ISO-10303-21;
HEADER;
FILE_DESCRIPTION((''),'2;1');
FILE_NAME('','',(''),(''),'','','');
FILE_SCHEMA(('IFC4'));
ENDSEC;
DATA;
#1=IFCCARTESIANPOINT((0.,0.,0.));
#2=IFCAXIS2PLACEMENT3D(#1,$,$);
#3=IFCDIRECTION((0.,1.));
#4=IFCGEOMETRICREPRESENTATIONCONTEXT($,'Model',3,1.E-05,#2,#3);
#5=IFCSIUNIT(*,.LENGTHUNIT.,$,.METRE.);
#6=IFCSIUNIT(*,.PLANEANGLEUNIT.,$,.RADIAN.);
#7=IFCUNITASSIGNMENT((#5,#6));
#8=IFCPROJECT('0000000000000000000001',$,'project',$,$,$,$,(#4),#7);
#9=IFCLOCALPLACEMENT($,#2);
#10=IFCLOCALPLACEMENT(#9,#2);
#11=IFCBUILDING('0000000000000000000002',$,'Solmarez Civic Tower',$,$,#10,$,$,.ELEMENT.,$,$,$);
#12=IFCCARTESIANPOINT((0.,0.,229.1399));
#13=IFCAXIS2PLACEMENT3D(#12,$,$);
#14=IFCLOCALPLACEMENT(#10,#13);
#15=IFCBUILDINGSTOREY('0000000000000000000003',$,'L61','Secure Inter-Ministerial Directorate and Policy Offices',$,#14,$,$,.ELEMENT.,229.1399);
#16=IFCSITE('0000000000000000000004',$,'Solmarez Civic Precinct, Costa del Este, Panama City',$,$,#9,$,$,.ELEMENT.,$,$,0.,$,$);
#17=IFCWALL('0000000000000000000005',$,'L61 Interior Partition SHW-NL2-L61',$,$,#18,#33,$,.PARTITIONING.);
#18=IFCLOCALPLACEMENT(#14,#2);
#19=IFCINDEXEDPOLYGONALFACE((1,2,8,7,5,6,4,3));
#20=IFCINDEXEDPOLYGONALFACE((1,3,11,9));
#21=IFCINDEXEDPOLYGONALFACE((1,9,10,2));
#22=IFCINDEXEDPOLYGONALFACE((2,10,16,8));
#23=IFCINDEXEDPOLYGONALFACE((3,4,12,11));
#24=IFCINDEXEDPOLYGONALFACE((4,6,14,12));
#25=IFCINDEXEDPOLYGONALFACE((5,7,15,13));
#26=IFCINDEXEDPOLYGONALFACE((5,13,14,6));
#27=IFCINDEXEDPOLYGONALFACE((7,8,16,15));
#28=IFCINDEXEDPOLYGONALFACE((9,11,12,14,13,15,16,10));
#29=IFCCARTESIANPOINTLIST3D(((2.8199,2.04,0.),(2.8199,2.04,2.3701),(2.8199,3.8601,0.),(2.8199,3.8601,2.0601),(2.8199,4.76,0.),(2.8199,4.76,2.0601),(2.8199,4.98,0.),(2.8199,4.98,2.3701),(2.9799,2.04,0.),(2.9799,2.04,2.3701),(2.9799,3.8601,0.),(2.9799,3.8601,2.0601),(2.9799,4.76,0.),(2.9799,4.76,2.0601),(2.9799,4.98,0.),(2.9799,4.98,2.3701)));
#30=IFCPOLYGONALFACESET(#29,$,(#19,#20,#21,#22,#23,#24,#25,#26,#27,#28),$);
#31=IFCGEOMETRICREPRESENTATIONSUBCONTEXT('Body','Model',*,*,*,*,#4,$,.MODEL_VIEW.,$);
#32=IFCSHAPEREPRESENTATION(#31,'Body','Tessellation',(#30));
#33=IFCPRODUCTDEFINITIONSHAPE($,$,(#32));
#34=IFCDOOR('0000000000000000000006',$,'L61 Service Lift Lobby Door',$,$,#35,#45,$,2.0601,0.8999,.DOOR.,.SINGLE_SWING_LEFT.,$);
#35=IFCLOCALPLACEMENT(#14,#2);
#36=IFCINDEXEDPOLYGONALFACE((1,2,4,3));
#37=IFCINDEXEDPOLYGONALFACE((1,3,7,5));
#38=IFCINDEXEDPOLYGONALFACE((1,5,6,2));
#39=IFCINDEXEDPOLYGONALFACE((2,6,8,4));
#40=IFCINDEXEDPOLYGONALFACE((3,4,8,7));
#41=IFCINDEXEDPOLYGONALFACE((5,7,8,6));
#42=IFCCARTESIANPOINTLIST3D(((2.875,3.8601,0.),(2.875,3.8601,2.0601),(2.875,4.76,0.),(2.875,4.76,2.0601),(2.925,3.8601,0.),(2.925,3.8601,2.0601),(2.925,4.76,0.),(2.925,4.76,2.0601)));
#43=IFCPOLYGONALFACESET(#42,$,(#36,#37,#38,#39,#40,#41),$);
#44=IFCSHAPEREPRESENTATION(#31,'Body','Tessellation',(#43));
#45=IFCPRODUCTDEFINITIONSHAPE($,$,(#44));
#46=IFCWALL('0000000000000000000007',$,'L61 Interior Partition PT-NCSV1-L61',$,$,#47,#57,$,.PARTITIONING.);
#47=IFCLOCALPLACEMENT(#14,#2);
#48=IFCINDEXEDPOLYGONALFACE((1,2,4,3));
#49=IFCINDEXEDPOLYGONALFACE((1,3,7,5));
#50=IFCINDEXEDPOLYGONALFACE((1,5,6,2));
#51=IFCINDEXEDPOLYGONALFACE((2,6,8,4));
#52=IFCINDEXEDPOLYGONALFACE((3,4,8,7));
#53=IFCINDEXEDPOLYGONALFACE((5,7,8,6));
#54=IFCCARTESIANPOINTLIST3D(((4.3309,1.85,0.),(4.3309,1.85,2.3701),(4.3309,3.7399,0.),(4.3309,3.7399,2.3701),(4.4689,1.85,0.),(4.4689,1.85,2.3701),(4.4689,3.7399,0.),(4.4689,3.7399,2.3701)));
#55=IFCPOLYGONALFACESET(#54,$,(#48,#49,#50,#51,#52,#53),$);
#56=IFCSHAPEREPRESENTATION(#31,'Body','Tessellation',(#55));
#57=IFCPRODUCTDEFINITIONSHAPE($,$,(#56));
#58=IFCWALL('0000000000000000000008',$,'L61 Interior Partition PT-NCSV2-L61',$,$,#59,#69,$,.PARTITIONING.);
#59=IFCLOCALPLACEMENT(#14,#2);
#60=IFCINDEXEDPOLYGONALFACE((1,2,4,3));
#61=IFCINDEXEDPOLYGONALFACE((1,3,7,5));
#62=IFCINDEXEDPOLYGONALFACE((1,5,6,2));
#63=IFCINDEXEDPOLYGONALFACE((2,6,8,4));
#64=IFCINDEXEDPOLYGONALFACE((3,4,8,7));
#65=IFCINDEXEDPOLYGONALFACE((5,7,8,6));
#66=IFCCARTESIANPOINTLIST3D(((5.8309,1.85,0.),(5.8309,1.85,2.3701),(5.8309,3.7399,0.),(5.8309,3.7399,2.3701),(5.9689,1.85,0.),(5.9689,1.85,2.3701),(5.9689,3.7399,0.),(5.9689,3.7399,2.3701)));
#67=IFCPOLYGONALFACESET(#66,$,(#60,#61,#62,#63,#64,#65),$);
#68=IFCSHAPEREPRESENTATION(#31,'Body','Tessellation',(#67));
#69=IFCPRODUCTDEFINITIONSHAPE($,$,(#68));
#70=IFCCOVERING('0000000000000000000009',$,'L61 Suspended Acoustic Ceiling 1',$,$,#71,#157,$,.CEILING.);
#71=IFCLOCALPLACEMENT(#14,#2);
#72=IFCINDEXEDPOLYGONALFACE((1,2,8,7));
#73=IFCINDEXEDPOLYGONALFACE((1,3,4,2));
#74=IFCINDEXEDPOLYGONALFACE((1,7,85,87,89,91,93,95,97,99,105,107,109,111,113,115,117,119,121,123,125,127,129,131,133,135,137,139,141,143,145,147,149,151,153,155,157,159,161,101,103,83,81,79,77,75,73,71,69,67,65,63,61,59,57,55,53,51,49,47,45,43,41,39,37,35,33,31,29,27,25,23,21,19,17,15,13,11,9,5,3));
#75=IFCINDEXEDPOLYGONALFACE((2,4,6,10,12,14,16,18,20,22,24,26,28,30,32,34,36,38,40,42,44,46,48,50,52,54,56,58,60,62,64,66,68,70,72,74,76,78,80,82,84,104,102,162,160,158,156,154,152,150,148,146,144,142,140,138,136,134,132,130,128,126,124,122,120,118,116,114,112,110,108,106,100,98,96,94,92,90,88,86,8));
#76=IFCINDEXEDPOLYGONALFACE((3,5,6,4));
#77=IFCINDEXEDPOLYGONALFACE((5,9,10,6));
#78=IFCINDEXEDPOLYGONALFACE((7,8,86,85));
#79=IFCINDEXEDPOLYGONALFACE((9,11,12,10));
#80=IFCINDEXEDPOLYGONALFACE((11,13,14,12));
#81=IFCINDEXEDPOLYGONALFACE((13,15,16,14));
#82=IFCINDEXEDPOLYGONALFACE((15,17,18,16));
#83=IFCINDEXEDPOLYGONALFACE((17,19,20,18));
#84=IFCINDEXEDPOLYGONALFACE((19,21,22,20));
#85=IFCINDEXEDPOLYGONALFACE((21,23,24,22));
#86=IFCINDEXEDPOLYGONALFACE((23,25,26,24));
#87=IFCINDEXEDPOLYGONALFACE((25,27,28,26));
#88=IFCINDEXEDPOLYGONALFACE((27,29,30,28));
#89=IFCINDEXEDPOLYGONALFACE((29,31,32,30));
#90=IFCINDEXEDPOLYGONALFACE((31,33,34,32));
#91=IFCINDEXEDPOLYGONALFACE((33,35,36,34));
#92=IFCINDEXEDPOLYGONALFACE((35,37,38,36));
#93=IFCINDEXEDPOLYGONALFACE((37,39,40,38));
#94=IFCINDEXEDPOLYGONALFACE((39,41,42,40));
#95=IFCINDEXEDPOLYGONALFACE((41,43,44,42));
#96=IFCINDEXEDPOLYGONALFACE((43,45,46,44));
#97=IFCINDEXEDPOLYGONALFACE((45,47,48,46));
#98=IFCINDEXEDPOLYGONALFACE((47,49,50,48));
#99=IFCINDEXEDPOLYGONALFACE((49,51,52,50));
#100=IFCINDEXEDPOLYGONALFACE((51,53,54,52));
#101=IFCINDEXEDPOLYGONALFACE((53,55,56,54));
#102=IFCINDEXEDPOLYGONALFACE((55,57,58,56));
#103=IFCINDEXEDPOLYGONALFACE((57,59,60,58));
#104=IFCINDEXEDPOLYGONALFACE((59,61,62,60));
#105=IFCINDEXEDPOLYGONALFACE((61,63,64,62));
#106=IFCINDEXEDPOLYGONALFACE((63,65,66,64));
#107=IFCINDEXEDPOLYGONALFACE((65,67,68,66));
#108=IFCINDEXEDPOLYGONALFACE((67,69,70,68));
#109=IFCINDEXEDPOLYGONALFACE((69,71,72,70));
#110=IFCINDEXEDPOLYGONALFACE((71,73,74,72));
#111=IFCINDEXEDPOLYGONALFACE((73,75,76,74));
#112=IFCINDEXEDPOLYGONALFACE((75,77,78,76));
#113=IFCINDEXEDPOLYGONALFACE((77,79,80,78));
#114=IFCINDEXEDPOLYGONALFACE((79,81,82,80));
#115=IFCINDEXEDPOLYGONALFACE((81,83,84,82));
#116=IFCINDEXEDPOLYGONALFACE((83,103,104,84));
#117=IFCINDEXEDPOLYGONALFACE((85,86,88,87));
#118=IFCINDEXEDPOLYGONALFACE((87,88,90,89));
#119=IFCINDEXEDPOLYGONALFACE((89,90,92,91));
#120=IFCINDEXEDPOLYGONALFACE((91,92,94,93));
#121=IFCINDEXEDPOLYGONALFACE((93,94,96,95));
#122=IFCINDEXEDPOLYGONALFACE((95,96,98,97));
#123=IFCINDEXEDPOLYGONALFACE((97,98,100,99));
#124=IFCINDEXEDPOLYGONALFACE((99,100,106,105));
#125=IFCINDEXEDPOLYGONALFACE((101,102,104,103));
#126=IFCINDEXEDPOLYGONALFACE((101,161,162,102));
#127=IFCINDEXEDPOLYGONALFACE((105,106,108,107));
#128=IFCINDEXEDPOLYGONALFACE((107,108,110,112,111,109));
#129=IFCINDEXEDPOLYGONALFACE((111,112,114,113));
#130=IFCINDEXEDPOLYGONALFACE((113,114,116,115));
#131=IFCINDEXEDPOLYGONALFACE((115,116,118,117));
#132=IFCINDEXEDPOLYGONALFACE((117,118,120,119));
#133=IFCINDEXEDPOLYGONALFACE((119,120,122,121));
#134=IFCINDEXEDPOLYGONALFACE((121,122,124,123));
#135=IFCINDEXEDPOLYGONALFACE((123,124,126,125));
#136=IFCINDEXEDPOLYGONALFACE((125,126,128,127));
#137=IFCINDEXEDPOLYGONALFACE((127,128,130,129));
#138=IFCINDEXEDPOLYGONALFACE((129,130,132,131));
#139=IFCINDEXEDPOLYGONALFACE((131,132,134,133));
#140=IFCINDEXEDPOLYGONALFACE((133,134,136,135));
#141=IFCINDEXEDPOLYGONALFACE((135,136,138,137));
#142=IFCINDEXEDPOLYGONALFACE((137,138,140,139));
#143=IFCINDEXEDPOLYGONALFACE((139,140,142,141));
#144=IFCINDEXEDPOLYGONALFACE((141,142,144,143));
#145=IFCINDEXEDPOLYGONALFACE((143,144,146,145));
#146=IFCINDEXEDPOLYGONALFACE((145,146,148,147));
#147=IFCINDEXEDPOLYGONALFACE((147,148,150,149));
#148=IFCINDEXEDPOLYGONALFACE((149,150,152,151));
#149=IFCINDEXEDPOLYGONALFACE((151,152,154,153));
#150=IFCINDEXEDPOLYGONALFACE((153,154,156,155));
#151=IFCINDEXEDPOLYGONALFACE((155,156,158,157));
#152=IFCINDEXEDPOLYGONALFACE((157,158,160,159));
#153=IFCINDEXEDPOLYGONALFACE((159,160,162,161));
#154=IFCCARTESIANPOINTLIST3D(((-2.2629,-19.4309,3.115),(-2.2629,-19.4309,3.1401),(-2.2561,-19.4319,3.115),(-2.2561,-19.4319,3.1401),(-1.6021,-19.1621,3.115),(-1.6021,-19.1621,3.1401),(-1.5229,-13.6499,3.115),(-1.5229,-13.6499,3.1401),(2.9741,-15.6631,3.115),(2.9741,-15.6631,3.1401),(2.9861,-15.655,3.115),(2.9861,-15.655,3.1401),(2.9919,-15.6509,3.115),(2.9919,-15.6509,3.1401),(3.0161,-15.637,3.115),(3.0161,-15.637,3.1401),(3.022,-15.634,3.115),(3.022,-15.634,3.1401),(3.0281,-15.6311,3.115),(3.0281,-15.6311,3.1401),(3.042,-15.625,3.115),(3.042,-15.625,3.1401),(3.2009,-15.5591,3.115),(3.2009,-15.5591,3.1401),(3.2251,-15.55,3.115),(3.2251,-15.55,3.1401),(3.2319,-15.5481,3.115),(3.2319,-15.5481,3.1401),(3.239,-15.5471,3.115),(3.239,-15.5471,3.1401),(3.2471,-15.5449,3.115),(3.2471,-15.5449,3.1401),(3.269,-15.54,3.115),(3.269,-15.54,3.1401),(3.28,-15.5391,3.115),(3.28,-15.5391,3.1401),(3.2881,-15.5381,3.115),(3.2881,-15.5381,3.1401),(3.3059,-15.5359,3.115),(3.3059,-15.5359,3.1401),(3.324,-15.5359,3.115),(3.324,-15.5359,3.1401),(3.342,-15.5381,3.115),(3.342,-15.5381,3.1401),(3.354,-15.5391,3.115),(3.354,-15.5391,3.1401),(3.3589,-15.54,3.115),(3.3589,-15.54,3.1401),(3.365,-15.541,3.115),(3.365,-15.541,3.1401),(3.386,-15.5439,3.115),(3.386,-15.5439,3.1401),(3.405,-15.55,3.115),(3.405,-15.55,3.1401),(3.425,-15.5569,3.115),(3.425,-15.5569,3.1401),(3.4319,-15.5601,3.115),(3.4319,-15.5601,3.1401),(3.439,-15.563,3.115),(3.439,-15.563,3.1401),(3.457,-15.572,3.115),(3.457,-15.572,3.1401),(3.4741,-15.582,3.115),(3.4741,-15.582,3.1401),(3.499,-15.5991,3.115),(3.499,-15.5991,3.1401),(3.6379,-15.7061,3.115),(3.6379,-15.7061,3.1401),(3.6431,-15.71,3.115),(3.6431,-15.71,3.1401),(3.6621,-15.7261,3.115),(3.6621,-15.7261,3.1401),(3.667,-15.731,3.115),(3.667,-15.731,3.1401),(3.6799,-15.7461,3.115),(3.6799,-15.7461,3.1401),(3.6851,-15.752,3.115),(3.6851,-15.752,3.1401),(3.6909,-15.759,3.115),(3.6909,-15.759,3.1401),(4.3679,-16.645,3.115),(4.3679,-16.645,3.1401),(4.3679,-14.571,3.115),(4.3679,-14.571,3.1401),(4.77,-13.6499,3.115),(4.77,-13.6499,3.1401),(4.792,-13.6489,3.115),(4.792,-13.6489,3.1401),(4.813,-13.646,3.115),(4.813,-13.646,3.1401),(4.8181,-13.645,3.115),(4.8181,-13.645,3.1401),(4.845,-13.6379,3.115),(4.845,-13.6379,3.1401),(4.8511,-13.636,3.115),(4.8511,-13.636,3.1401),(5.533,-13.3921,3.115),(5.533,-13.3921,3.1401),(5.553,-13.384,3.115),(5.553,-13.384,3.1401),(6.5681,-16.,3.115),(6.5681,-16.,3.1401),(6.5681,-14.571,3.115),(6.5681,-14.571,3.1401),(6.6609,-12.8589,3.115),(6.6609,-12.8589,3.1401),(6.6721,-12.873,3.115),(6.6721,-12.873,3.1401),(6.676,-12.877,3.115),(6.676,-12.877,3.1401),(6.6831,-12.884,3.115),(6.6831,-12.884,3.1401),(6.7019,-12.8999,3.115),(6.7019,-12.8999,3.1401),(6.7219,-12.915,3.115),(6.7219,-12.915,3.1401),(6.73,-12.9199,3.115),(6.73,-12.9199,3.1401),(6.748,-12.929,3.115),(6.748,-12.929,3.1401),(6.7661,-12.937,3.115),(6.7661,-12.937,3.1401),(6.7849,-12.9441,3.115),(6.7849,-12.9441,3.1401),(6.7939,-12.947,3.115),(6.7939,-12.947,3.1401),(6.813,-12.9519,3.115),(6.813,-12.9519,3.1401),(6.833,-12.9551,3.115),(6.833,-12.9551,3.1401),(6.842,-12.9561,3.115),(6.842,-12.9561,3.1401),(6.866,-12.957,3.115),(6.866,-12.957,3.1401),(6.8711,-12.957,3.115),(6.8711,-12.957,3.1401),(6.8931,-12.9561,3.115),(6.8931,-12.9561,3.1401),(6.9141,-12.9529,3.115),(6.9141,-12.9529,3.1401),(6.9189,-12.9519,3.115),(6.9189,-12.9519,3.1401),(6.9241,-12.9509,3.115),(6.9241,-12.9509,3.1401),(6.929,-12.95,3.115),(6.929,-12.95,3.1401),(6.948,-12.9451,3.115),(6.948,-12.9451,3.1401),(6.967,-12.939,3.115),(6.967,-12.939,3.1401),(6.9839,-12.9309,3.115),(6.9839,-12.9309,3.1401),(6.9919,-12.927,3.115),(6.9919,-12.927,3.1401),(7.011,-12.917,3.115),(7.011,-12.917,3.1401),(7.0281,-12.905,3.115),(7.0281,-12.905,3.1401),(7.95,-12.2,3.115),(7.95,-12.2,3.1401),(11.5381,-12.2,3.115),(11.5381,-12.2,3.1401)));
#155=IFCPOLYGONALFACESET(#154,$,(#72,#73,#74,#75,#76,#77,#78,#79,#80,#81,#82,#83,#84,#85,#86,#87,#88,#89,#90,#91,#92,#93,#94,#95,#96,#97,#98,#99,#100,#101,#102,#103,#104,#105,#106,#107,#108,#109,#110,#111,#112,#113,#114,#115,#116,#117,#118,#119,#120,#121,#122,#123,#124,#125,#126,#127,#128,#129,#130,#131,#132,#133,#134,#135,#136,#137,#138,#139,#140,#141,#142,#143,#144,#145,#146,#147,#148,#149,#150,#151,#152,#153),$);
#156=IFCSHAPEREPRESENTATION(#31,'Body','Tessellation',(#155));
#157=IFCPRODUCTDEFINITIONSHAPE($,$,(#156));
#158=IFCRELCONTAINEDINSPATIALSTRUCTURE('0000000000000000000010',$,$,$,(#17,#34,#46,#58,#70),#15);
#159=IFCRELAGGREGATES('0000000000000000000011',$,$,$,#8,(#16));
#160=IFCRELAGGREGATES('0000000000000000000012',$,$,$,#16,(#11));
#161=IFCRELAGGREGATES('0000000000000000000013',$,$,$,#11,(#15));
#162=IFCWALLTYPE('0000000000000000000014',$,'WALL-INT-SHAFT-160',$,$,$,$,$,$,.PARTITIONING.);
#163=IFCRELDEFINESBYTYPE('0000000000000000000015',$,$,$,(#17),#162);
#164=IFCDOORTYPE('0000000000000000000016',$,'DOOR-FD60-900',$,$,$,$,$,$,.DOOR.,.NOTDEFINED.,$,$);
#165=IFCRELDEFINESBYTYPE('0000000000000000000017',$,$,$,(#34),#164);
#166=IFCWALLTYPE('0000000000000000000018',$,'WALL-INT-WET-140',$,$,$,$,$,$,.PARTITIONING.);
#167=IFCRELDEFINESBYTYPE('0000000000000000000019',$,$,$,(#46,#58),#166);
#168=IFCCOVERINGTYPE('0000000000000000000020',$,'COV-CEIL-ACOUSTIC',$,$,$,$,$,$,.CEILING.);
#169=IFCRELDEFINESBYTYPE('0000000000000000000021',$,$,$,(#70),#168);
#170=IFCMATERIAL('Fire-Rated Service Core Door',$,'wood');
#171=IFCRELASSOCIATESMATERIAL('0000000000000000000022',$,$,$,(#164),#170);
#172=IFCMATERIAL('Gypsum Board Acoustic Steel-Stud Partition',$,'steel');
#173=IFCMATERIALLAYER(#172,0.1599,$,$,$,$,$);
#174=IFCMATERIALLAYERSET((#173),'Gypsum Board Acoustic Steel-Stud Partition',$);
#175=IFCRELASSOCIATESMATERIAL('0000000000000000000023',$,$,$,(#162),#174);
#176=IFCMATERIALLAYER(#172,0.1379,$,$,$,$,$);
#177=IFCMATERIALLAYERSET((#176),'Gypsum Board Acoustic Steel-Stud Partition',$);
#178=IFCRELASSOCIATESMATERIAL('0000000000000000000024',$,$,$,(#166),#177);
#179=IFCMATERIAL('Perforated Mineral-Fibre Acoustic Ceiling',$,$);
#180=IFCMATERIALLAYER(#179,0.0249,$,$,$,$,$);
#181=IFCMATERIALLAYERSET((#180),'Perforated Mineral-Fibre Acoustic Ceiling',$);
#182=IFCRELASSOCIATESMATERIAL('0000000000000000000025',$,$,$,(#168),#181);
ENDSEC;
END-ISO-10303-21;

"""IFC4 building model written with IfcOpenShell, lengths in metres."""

from ifc_helpers import new_model, si_unit, direction, frame, frame_2d, origin, place, context, subcontext, project, spatial, polyline, rectangle, outline, extrude, material, layer, layer_set, type_object, element, fill, save


model = new_model("IFC4")

# Units and contexts
model_context = context("Model", 3, precision=1e-05, world=origin(), true_north=direction((0.0, 1.0)))
body_context = subcontext(model_context, "Body", "Model", "MODEL_VIEW")
ifc_project = project(units=[si_unit("LENGTHUNIT", "METRE"), si_unit("PLANEANGLEUNIT", "RADIAN")], contexts=[model_context])

# Site, building, storey
site_placement = place(None, origin())
site = spatial("IfcSite", under=ifc_project, at=site_placement, Name="Solmarez Civic Precinct, Costa del Este, Panama City", CompositionType="ELEMENT", RefElevation=0.0)
building_placement = place(site_placement, origin())
building = spatial("IfcBuilding", under=site, at=building_placement, Name="Solmarez Civic Tower", CompositionType="ELEMENT")
storey_placement = place(building_placement, frame((0.0, 0.0, 229.1399)))
storey = spatial("IfcBuildingStorey", under=building, at=storey_placement, Name="L61", Description="Secure Inter-Ministerial Directorate and Policy Offices", CompositionType="ELEMENT", Elevation=229.1399)

# Shared definitions
ifc_material_1 = material(Name="Fire-Rated Service Core Door", Category="wood")
door_type_1 = type_object("IfcDoorType", Name="DOOR-FD60-900", OperationType="NOTDEFINED", PredefinedType="DOOR", material=ifc_material_1)

# Shared definitions
ifc_material_2 = material(Name="Gypsum Board Acoustic Steel-Stud Partition", Category="steel")

# Wall, opening, door
ifc_layer_1 = layer(ifc_material_2, 0.1599)
ifc_layer_set_1 = layer_set([ifc_layer_1], Name="Gypsum Board Acoustic Steel-Stud Partition")
wall_type_1 = type_object("IfcWallType", Name="WALL-INT-SHAFT-160", PredefinedType="PARTITIONING", material=ifc_layer_set_1)
wall_1_placement = place(storey_placement, frame((2.8999, 2.04, 0.0), z_axis=(0.0, 0.0, 1.0), x_axis=(0.0, 1.0, 0.0)))
wall_1 = element("IfcWall", 1, at=wall_1_placement, inside=storey, type_object=wall_type_1, Name="L61 Interior Partition SHW-NL2-L61", PredefinedType="PARTITIONING", context=body_context, shape_type="SweptSolid", body=[
    extrude(rectangle(XDim=2.9399, YDim=0.1599, at=frame_2d((1.47, 0.0))), origin(), (0.0, 0.0, 1.0), 2.3701),
])
opening_1_placement = place(wall_1_placement, frame((1.8201, 0.0, 0.0)))
opening_1 = element("IfcOpeningElement", 2, at=opening_1_placement, cuts=wall_1, PredefinedType="OPENING", context=body_context, shape_type="SweptSolid", body=[
    extrude(rectangle(XDim=0.8999, YDim=2.0601, at=frame_2d((0.45, 1.03))), frame((0.0, 0.0898, 0.0), z_axis=(0.0, -1.0, 0.0), x_axis=(1.0, 0.0, 0.0)), (0.0, 0.0, 1.0), 0.1799),
])
door_1_placement = place(opening_1_placement, origin())
door_1 = element("IfcDoor", 3, at=door_1_placement, inside=storey, type_object=door_type_1, Name="L61 Service Lift Lobby Door", OperationType="SINGLE_SWING_LEFT", OverallHeight=2.0601, OverallWidth=0.8999, PredefinedType="DOOR", context=body_context, shape_type="SweptSolid", body=[
    extrude(rectangle(XDim=0.8999, YDim=2.0601, at=frame_2d((0.45, 1.03))), frame((0.0, 0.0249, 0.0), z_axis=(0.0, -1.0, 0.0), x_axis=(1.0, 0.0, 0.0)), (0.0, 0.0, 1.0), 0.05),
])
fill(opening_1, door_1)

# Walls
ifc_layer_2 = layer(ifc_material_2, 0.1379)
ifc_layer_set_2 = layer_set([ifc_layer_2], Name="Gypsum Board Acoustic Steel-Stud Partition")
wall_type_2 = type_object("IfcWallType", Name="WALL-INT-WET-140", PredefinedType="PARTITIONING", material=ifc_layer_set_2)
for number, where, z_axis, x_axis, name in (
    (4, (4.3999, 1.8501, 0.0), (0.0, 0.0, 1.0), (0.0, 1.0, 0.0), "L61 Interior Partition PT-NCSV1-L61"),
    (5, (5.8999, 1.8501, 0.0), (0.0, 0.0, 1.0), (0.0, 1.0, 0.0), "L61 Interior Partition PT-NCSV2-L61"),
):
    element("IfcWall", number, at=place(storey_placement, frame(where, z_axis=z_axis, x_axis=x_axis)), inside=storey, type_object=wall_type_2, Name=name, PredefinedType="PARTITIONING", context=body_context, shape_type="SweptSolid", body=[
        extrude(rectangle(XDim=1.8899, YDim=0.1379, at=frame_2d((0.9448, 0.0))), origin(), (0.0, 0.0, 1.0), 2.3701),
    ])

# Covering
ifc_material_3 = material(Name="Perforated Mineral-Fibre Acoustic Ceiling")
ifc_layer_3 = layer(ifc_material_3, 0.0249)
ifc_layer_set_3 = layer_set([ifc_layer_3], Name="Perforated Mineral-Fibre Acoustic Ceiling")
covering_type_1 = type_object("IfcCoveringType", Name="COV-CEIL-ACOUSTIC", PredefinedType="CEILING", material=ifc_layer_set_3)
covering_1_placement = place(storey_placement, frame((0.0, 0.0, 3.115)))
element("IfcCovering", 6, at=covering_1_placement, inside=storey, type_object=covering_type_1, Name="L61 Suspended Acoustic Ceiling 1", PredefinedType="CEILING", context=body_context, shape_type="SweptSolid", body=[
    extrude(outline(polyline([(3.4741, -15.582), (3.499, -15.5991), (3.6379, -15.7061), (3.6431, -15.71), (3.6621, -15.7261), (3.667, -15.731), (3.6799, -15.7461), (3.6851, -15.752), (3.6909, -15.759), (4.3679, -16.645), (4.3679, -14.571), (6.5681, -14.571), (6.5681, -16.0), (11.5381, -12.2), (7.95, -12.2), (7.0281, -12.905), (7.011, -12.917), (6.9919, -12.927), (6.9839, -12.9309), (6.967, -12.939), (6.948, -12.9451), (6.929, -12.95), (6.9241, -12.9509), (6.9189, -12.9519), (6.9141, -12.9529), (6.8931, -12.9561), (6.8711, -12.957), (6.866, -12.957), (6.842, -12.9561), (6.833, -12.9551), (6.813, -12.9519), (6.7939, -12.947), (6.7849, -12.9441), (6.7661, -12.937), (6.748, -12.929), (6.73, -12.9199), (6.7219, -12.915), (6.7019, -12.8999), (6.6831, -12.884), (6.676, -12.877), (6.6721, -12.873), (6.6609, -12.8589), (5.553, -13.384), (5.533, -13.3921), (4.8511, -13.636), (4.845, -13.6379), (4.8181, -13.645), (4.813, -13.646), (4.792, -13.6489), (4.77, -13.6499), (-1.5229, -13.6499), (-2.2629, -19.4309), (-2.2561, -19.4319), (-1.6021, -19.1621), (2.9741, -15.6631), (2.9861, -15.655), (2.9919, -15.6509), (3.0161, -15.637), (3.022, -15.634), (3.0281, -15.6311), (3.042, -15.625), (3.2009, -15.5591), (3.2251, -15.55), (3.2319, -15.5481), (3.239, -15.5471), (3.2471, -15.5449), (3.269, -15.54), (3.28, -15.5391), (3.2881, -15.5381), (3.3059, -15.5359), (3.324, -15.5359), (3.342, -15.5381), (3.354, -15.5391), (3.3589, -15.54), (3.365, -15.541), (3.386, -15.5439), (3.405, -15.55), (3.425, -15.5569), (3.4319, -15.5601), (3.439, -15.563), (3.457, -15.572), (3.4741, -15.582)])), origin(), (0.0, 0.0, 1.0), 0.0251),
])

save(model, "model.ifc")
